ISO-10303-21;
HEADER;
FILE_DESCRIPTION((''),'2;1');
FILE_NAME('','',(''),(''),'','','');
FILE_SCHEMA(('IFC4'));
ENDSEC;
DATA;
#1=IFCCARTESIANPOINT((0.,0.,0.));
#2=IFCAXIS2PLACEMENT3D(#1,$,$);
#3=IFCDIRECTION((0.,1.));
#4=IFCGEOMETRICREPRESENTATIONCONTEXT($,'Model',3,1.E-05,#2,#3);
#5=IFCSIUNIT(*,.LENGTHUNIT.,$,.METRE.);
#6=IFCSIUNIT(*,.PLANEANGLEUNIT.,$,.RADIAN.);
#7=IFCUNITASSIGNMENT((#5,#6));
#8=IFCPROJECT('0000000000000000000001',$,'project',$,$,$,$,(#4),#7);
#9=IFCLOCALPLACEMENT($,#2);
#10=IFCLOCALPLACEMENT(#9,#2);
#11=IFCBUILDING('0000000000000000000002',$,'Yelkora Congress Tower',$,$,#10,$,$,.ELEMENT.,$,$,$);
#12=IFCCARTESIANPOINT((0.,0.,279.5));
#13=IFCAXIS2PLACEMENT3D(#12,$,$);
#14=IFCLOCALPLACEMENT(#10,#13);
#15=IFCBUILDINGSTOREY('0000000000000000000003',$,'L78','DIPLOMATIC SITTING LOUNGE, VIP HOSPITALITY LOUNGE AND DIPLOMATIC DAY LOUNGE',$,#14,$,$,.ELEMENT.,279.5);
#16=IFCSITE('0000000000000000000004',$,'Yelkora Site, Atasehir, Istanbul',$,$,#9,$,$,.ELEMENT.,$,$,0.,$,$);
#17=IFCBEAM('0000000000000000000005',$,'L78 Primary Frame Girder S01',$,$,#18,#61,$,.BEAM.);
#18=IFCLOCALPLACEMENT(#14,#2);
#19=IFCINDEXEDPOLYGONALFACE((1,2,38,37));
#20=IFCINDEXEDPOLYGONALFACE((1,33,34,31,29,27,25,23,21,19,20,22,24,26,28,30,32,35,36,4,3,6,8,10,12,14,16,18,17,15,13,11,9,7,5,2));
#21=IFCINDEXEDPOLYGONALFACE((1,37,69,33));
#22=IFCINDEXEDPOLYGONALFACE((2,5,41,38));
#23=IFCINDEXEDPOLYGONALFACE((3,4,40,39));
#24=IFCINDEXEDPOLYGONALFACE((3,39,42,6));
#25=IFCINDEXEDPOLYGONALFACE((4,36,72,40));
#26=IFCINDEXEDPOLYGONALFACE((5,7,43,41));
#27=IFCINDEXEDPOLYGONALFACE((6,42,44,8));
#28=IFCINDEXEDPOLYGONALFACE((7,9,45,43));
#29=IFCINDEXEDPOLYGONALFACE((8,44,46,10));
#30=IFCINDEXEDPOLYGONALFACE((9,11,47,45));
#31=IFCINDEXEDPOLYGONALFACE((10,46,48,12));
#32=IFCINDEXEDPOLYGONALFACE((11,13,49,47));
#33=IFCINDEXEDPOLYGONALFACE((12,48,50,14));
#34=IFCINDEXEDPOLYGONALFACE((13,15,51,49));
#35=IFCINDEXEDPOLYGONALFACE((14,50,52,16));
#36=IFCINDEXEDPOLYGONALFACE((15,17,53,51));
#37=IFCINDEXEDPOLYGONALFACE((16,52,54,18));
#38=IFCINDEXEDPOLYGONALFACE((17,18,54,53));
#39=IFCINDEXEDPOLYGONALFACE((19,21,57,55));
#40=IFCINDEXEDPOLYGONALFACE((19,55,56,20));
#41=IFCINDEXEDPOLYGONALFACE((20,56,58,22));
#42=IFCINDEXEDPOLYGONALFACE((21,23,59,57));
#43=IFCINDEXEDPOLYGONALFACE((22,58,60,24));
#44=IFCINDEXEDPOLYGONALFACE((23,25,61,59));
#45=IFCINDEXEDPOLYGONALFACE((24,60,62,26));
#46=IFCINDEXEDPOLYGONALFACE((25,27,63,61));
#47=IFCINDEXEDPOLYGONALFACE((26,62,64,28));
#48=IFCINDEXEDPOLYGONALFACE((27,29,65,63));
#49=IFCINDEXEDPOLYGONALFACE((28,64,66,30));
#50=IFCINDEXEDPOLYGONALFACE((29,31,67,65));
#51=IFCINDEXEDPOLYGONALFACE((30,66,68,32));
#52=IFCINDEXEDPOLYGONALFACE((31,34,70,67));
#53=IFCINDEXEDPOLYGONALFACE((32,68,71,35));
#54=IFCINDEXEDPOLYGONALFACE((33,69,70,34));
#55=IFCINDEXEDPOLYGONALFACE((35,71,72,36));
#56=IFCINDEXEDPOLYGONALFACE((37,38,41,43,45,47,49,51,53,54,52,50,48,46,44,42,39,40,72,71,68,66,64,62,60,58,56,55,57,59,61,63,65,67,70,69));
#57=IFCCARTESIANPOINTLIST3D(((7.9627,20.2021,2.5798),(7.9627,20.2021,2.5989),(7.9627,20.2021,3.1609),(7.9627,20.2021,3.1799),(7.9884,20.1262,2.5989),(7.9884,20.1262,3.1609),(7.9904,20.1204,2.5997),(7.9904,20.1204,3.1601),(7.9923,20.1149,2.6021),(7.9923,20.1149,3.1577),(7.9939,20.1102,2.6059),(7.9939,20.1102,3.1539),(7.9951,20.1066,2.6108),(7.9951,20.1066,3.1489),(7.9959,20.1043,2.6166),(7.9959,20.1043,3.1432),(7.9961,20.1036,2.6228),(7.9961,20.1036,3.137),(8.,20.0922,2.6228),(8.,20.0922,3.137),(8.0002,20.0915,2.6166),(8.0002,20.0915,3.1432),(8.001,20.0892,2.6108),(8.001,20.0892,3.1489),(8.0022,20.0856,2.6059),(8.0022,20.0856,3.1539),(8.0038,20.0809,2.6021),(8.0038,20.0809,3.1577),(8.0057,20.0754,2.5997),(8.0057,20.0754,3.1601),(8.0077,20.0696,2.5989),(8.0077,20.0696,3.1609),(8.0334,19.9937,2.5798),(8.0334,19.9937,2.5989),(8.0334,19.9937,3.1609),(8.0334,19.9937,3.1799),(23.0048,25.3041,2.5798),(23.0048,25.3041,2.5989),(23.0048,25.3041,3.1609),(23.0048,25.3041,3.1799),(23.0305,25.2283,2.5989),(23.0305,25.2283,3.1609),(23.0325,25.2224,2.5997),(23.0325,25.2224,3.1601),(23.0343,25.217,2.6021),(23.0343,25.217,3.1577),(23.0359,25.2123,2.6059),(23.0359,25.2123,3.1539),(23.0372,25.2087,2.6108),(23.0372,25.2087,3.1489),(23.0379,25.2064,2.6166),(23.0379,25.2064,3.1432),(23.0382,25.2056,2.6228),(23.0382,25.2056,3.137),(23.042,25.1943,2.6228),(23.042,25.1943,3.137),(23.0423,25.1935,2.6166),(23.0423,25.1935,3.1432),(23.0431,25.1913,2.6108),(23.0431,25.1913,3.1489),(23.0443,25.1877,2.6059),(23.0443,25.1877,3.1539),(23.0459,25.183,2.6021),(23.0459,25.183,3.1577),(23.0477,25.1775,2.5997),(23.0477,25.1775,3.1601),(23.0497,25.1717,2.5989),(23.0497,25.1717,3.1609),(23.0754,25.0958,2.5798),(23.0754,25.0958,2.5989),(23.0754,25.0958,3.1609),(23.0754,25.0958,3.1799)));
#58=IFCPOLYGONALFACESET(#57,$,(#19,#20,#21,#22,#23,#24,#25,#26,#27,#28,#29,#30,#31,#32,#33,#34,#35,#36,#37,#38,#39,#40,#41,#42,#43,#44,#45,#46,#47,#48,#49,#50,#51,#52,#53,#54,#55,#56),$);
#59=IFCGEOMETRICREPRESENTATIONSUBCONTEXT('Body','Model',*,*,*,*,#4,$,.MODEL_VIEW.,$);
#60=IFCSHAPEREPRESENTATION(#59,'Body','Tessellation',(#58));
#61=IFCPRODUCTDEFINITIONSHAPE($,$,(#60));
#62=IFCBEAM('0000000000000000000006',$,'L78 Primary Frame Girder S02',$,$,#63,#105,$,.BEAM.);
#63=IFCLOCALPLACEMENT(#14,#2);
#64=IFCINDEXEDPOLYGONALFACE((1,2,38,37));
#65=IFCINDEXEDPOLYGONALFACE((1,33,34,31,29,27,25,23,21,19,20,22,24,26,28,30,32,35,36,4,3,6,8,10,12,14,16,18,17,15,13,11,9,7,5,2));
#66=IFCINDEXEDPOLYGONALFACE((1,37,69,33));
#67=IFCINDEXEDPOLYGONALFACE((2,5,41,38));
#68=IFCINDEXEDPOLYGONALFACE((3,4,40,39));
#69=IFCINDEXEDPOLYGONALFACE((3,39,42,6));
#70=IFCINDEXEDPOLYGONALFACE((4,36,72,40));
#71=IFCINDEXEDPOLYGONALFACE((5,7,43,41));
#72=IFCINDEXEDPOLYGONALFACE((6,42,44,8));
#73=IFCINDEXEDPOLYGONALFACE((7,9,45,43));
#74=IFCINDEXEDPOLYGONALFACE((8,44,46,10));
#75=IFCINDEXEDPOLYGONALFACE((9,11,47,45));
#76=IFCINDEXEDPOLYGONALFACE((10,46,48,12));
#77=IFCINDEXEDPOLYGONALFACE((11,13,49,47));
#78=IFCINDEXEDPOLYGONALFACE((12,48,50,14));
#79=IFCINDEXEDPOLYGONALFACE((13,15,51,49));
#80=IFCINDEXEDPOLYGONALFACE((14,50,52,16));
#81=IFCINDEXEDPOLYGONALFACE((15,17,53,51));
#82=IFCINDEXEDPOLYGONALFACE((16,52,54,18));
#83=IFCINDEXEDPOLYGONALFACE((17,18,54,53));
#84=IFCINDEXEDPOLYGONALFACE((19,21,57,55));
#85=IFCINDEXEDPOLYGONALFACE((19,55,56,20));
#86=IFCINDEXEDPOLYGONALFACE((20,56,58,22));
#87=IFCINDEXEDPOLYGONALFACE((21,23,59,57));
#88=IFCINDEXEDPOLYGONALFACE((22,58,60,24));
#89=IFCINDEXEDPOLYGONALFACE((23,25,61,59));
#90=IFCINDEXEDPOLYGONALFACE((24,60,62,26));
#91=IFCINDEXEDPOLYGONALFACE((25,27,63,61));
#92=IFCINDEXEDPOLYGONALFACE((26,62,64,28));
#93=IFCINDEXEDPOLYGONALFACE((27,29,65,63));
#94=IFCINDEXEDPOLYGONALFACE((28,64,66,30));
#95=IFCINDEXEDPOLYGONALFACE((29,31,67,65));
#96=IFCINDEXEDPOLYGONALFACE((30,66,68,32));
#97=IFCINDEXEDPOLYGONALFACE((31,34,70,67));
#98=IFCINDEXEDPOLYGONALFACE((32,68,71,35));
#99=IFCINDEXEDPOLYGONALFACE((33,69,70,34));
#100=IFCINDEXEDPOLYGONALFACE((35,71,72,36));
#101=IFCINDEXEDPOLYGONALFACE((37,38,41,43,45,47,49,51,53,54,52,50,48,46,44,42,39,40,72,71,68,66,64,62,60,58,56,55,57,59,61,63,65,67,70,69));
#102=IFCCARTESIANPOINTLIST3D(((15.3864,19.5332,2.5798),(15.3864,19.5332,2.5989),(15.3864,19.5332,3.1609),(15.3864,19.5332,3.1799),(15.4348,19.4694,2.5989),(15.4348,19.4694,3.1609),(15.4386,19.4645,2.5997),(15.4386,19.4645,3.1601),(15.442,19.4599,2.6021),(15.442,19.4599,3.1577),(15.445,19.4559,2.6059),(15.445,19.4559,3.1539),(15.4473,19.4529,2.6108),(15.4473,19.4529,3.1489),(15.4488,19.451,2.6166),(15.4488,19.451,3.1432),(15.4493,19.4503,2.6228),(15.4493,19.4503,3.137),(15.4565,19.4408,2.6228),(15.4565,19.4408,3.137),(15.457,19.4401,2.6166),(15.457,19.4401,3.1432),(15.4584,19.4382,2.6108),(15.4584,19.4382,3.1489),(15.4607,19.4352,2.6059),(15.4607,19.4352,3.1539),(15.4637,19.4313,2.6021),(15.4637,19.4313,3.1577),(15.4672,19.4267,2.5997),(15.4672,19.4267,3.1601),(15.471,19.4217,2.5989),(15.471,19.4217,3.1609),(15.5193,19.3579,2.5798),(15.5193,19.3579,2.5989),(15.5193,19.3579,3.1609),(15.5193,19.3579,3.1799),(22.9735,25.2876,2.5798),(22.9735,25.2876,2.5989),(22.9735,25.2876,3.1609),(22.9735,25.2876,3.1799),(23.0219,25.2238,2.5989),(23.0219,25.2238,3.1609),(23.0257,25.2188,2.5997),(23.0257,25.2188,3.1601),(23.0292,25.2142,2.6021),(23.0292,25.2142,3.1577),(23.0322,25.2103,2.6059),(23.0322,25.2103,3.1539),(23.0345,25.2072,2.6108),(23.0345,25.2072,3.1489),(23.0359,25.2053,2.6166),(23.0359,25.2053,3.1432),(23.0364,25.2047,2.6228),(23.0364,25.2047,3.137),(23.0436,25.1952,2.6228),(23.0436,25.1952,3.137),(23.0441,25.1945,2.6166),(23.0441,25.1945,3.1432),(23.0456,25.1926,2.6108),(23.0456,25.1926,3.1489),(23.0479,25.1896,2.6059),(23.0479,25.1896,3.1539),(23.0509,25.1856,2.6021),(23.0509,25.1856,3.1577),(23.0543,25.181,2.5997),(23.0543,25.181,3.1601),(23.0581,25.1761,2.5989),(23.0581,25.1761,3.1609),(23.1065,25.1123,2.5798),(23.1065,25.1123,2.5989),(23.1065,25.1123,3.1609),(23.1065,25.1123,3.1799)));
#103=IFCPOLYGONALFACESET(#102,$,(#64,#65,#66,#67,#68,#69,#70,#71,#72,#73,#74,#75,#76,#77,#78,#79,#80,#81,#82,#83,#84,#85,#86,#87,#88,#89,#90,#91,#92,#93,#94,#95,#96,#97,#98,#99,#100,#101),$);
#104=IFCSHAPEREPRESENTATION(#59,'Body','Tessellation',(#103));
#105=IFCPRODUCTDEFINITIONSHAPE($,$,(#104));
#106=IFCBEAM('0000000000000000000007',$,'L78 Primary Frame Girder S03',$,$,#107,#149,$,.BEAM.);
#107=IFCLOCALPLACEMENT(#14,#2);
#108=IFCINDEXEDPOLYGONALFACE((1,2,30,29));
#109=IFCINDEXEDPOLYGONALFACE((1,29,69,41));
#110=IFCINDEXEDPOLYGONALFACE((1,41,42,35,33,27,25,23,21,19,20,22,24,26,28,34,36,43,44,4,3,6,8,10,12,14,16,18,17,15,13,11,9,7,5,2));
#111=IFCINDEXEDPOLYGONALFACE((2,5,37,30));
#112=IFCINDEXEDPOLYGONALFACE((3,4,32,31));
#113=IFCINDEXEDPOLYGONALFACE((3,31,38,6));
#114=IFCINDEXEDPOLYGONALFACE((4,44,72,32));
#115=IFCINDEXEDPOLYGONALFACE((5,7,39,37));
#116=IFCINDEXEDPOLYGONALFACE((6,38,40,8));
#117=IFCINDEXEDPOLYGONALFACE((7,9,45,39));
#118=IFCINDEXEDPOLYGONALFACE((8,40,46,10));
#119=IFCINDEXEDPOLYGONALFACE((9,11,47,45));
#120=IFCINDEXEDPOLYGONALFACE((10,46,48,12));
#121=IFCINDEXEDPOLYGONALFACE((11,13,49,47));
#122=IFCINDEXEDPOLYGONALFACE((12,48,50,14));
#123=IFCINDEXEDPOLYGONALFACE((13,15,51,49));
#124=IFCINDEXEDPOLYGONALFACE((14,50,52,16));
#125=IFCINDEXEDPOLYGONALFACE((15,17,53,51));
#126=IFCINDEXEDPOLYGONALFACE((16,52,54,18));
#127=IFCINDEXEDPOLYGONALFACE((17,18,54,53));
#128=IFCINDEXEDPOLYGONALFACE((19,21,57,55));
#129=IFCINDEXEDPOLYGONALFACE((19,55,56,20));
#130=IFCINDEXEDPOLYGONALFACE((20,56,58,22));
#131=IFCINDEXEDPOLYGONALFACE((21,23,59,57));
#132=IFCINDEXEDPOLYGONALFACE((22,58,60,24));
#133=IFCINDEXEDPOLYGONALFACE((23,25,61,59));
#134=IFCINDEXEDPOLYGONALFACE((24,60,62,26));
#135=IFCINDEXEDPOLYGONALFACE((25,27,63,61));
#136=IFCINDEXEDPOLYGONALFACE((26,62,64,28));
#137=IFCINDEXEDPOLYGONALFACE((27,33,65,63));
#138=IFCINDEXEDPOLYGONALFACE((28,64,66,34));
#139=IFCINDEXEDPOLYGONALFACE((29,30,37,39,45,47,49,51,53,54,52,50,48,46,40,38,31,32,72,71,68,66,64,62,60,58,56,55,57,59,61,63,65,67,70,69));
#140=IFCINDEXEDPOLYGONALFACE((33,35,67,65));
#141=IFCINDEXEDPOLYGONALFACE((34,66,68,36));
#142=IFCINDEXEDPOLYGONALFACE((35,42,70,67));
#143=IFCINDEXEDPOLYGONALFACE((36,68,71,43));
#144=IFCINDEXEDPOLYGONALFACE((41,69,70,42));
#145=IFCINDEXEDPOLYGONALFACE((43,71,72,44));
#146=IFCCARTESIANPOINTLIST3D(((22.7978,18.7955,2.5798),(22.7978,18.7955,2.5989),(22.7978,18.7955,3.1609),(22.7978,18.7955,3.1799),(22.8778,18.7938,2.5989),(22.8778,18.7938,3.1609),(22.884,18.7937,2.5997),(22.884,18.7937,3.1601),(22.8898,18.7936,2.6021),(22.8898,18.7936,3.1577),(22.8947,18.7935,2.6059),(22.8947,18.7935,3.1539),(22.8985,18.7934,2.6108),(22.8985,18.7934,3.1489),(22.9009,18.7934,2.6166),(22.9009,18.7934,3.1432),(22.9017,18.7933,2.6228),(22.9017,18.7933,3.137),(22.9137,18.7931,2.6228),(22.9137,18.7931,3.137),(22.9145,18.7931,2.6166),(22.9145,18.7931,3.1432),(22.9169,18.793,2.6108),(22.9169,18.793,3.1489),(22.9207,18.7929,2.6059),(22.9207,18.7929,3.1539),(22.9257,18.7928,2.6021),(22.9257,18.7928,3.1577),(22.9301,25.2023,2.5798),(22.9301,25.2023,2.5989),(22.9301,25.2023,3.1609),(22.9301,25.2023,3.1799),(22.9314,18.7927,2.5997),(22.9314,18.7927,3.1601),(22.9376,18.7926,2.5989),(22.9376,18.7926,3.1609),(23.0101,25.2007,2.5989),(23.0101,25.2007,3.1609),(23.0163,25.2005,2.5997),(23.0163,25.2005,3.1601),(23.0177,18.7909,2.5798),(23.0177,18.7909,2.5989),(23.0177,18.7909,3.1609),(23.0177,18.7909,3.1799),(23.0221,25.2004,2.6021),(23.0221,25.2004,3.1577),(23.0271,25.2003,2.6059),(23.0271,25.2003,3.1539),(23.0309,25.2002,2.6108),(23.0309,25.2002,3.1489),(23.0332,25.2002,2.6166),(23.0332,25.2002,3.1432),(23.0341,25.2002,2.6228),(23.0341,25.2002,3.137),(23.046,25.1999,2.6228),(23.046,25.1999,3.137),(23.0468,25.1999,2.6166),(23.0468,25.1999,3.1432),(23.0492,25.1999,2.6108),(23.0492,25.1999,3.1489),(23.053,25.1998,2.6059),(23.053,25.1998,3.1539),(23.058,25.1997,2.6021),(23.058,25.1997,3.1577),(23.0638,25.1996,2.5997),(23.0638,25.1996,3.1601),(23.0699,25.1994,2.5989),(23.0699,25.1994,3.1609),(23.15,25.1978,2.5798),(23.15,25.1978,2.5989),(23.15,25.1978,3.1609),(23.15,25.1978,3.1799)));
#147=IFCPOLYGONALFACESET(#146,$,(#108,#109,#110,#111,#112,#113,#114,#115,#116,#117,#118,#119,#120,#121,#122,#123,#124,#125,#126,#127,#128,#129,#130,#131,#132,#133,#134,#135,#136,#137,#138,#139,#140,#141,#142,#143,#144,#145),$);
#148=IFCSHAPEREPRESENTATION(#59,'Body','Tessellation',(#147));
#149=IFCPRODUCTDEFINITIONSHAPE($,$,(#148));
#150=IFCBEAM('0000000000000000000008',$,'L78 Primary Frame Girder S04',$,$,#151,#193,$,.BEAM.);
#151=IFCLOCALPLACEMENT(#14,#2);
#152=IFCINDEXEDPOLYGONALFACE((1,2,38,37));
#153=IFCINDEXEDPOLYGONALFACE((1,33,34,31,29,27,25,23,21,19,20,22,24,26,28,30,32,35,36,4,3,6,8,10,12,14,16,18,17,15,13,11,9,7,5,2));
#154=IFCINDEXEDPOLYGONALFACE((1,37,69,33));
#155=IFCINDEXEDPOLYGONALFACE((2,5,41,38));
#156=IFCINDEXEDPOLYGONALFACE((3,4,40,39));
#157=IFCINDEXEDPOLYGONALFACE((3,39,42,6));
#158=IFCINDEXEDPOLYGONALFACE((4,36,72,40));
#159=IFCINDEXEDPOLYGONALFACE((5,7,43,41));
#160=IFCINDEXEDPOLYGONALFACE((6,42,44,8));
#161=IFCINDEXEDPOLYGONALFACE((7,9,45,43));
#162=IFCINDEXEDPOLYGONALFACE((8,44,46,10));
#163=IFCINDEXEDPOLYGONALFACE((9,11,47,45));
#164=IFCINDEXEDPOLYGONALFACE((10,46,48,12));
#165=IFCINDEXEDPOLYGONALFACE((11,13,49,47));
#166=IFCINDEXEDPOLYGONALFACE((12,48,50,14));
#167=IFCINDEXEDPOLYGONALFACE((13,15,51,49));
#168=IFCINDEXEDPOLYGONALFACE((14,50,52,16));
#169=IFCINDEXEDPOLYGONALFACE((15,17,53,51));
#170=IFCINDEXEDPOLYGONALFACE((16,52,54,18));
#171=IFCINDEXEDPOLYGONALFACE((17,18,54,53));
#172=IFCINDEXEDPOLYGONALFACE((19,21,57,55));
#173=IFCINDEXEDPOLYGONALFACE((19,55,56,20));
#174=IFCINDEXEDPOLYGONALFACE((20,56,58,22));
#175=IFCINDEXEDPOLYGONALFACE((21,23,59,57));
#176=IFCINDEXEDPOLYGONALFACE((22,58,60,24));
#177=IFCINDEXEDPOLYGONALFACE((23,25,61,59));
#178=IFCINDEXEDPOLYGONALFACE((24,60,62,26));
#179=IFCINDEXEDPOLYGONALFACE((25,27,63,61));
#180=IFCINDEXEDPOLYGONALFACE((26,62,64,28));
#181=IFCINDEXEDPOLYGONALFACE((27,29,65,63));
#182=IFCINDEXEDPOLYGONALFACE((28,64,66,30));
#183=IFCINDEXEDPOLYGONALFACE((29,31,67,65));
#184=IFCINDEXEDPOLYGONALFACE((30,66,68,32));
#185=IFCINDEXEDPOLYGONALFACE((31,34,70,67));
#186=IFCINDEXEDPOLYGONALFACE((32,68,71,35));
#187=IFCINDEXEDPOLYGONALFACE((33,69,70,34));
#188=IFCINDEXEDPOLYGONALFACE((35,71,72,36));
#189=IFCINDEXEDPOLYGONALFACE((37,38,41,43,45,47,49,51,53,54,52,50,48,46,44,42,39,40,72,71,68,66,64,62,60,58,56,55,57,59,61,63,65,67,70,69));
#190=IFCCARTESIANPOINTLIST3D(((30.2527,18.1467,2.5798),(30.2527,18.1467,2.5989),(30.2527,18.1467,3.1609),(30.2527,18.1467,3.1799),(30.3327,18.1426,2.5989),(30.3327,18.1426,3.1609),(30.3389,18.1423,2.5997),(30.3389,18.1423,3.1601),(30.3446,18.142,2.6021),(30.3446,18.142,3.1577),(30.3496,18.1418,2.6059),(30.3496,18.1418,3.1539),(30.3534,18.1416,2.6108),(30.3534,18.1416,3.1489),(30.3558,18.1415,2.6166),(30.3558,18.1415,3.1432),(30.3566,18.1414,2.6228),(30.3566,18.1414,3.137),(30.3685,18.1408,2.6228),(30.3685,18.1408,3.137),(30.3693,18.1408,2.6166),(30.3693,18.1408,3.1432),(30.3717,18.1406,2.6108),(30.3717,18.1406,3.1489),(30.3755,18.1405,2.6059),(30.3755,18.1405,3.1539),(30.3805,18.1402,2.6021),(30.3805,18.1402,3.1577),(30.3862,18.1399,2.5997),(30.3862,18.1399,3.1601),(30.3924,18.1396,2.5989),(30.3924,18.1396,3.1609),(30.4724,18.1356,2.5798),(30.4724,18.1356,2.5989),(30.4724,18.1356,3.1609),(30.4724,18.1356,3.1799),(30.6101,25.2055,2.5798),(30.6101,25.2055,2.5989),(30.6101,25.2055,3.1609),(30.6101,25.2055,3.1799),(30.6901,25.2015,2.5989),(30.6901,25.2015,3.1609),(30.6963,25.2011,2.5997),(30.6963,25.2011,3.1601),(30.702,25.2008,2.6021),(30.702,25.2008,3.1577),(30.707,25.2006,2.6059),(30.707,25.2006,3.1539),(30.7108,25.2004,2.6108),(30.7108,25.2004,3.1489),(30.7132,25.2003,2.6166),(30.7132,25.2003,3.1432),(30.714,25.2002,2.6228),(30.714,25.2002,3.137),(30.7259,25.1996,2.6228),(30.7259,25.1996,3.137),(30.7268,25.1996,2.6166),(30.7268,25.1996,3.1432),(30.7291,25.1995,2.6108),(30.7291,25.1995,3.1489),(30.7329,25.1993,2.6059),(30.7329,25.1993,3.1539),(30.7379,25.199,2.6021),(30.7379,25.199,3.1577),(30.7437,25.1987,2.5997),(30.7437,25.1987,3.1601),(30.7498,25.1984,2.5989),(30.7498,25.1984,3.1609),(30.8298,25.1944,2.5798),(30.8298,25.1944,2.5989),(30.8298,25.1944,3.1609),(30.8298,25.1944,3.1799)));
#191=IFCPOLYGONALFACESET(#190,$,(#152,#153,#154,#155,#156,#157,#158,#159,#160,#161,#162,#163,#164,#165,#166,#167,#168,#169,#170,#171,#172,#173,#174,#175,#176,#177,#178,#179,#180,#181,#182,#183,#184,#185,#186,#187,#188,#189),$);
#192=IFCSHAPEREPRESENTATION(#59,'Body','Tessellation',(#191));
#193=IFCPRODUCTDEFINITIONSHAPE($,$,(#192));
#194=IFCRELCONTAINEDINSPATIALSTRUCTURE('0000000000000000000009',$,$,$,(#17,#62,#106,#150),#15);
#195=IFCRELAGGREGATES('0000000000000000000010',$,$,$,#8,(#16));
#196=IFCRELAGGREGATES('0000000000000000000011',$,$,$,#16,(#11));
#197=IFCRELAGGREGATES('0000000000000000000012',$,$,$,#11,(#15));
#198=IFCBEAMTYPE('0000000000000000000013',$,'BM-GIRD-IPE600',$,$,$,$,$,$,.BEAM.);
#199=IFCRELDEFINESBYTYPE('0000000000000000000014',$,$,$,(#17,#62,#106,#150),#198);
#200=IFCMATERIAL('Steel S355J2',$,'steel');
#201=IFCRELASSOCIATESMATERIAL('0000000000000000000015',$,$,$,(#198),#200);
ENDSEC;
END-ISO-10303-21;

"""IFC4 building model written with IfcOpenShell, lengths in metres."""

from ifc_helpers import new_model, si_unit, direction, frame, origin, origin_2d, place, context, subcontext, project, spatial, i_section, extrude, material, material_profile, profile_set, type_object, element, save


model = new_model("IFC4")

# Units and contexts
model_context = context("Model", 3, precision=1e-05, world=origin(), true_north=direction((0.0, 1.0)))
body_context = subcontext(model_context, "Body", "Model", "MODEL_VIEW")
ifc_project = project(units=[si_unit("LENGTHUNIT", "METRE"), si_unit("PLANEANGLEUNIT", "RADIAN")], contexts=[model_context])

# Site, building, storey
site_placement = place(None, origin())
site = spatial("IfcSite", under=ifc_project, at=site_placement, Name="Yelkora Site, Atasehir, Istanbul", CompositionType="ELEMENT", RefElevation=0.0)
building_placement = place(site_placement, origin())
building = spatial("IfcBuilding", under=site, at=building_placement, Name="Yelkora Congress Tower", CompositionType="ELEMENT")
storey_placement = place(building_placement, frame((0.0, 0.0, 279.5)))
storey = spatial("IfcBuildingStorey", under=building, at=storey_placement, Name="L78", Description="DIPLOMATIC SITTING LOUNGE, VIP HOSPITALITY LOUNGE AND DIPLOMATIC DAY LOUNGE", CompositionType="ELEMENT", Elevation=279.5)

# Shared definitions
ifc_material_1 = material(Name="Steel S355J2", Category="steel")

# Beams
ifc_material_profile_1 = material_profile(ifc_material_1, i_section(OverallWidth=0.22, OverallDepth=0.6001, WebThickness=0.012, FlangeThickness=0.019, FilletRadius=0.0239, at=origin_2d()), Name="IPE 600")
ifc_profile_set_1 = profile_set([ifc_material_profile_1], Name="Steel S355J2")
beam_type_1 = type_object("IfcBeamType", Name="BM-GIRD-IPE600", PredefinedType="BEAM", material=ifc_profile_set_1)
beam_1_placement = place(storey_placement, frame((7.998, 20.0979, 2.8799), z_axis=(0.947007, 0.321213, 0.0), x_axis=(-0.321213, 0.947007, 0.0)))
element("IfcBeam", 1, at=beam_1_placement, inside=storey, type_object=beam_type_1, Name="L78 Primary Frame Girder S01", PredefinedType="BEAM", context=body_context, shape_type="SweptSolid", body=[
    extrude(i_section(OverallWidth=0.22, OverallDepth=0.6001, WebThickness=0.012, FlangeThickness=0.019, FilletRadius=0.0239, at=origin_2d()), origin(), (0.0, 0.0, 1.0), 15.8838),
])
beam_2_placement = place(storey_placement, frame((15.4529, 19.4456, 2.8799), z_axis=(0.796761, 0.604294, 0.0), x_axis=(-0.604294, 0.796761, 0.0)))
element("IfcBeam", 2, at=beam_2_placement, inside=storey, type_object=beam_type_1, Name="L78 Primary Frame Girder S02", PredefinedType="BEAM", context=body_context, shape_type="SweptSolid", body=[
    extrude(i_section(OverallWidth=0.22, OverallDepth=0.6001, WebThickness=0.012, FlangeThickness=0.019, FilletRadius=0.0239, at=origin_2d()), origin(), (0.0, 0.0, 1.0), 9.5225),
])
beam_3_placement = place(storey_placement, frame((22.9077, 18.7932, 2.8799), z_axis=(0.02065, 0.999787, 0.0), x_axis=(-0.999787, 0.02065, 0.0)))
element("IfcBeam", 3, at=beam_3_placement, inside=storey, type_object=beam_type_1, Name="L78 Primary Frame Girder S03", PredefinedType="BEAM", context=body_context, shape_type="SweptSolid", body=[
    extrude(i_section(OverallWidth=0.22, OverallDepth=0.6001, WebThickness=0.012, FlangeThickness=0.019, FilletRadius=0.0239, at=origin_2d()), origin(), (0.0, 0.0, 1.0), 6.4082),
])
beam_4_placement = place(storey_placement, frame((30.3625, 18.1411, 2.8799), z_axis=(0.05057, 0.998721, 0.0), x_axis=(-0.998721, 0.05057, 0.0)))
element("IfcBeam", 4, at=beam_4_placement, inside=storey, type_object=beam_type_1, Name="L78 Primary Frame Girder S04", PredefinedType="BEAM", context=body_context, shape_type="SweptSolid", body=[
    extrude(i_section(OverallWidth=0.22, OverallDepth=0.6001, WebThickness=0.012, FlangeThickness=0.019, FilletRadius=0.0239, at=origin_2d()), origin(), (0.0, 0.0, 1.0), 7.0679),
])

save(model, "model.ifc")
